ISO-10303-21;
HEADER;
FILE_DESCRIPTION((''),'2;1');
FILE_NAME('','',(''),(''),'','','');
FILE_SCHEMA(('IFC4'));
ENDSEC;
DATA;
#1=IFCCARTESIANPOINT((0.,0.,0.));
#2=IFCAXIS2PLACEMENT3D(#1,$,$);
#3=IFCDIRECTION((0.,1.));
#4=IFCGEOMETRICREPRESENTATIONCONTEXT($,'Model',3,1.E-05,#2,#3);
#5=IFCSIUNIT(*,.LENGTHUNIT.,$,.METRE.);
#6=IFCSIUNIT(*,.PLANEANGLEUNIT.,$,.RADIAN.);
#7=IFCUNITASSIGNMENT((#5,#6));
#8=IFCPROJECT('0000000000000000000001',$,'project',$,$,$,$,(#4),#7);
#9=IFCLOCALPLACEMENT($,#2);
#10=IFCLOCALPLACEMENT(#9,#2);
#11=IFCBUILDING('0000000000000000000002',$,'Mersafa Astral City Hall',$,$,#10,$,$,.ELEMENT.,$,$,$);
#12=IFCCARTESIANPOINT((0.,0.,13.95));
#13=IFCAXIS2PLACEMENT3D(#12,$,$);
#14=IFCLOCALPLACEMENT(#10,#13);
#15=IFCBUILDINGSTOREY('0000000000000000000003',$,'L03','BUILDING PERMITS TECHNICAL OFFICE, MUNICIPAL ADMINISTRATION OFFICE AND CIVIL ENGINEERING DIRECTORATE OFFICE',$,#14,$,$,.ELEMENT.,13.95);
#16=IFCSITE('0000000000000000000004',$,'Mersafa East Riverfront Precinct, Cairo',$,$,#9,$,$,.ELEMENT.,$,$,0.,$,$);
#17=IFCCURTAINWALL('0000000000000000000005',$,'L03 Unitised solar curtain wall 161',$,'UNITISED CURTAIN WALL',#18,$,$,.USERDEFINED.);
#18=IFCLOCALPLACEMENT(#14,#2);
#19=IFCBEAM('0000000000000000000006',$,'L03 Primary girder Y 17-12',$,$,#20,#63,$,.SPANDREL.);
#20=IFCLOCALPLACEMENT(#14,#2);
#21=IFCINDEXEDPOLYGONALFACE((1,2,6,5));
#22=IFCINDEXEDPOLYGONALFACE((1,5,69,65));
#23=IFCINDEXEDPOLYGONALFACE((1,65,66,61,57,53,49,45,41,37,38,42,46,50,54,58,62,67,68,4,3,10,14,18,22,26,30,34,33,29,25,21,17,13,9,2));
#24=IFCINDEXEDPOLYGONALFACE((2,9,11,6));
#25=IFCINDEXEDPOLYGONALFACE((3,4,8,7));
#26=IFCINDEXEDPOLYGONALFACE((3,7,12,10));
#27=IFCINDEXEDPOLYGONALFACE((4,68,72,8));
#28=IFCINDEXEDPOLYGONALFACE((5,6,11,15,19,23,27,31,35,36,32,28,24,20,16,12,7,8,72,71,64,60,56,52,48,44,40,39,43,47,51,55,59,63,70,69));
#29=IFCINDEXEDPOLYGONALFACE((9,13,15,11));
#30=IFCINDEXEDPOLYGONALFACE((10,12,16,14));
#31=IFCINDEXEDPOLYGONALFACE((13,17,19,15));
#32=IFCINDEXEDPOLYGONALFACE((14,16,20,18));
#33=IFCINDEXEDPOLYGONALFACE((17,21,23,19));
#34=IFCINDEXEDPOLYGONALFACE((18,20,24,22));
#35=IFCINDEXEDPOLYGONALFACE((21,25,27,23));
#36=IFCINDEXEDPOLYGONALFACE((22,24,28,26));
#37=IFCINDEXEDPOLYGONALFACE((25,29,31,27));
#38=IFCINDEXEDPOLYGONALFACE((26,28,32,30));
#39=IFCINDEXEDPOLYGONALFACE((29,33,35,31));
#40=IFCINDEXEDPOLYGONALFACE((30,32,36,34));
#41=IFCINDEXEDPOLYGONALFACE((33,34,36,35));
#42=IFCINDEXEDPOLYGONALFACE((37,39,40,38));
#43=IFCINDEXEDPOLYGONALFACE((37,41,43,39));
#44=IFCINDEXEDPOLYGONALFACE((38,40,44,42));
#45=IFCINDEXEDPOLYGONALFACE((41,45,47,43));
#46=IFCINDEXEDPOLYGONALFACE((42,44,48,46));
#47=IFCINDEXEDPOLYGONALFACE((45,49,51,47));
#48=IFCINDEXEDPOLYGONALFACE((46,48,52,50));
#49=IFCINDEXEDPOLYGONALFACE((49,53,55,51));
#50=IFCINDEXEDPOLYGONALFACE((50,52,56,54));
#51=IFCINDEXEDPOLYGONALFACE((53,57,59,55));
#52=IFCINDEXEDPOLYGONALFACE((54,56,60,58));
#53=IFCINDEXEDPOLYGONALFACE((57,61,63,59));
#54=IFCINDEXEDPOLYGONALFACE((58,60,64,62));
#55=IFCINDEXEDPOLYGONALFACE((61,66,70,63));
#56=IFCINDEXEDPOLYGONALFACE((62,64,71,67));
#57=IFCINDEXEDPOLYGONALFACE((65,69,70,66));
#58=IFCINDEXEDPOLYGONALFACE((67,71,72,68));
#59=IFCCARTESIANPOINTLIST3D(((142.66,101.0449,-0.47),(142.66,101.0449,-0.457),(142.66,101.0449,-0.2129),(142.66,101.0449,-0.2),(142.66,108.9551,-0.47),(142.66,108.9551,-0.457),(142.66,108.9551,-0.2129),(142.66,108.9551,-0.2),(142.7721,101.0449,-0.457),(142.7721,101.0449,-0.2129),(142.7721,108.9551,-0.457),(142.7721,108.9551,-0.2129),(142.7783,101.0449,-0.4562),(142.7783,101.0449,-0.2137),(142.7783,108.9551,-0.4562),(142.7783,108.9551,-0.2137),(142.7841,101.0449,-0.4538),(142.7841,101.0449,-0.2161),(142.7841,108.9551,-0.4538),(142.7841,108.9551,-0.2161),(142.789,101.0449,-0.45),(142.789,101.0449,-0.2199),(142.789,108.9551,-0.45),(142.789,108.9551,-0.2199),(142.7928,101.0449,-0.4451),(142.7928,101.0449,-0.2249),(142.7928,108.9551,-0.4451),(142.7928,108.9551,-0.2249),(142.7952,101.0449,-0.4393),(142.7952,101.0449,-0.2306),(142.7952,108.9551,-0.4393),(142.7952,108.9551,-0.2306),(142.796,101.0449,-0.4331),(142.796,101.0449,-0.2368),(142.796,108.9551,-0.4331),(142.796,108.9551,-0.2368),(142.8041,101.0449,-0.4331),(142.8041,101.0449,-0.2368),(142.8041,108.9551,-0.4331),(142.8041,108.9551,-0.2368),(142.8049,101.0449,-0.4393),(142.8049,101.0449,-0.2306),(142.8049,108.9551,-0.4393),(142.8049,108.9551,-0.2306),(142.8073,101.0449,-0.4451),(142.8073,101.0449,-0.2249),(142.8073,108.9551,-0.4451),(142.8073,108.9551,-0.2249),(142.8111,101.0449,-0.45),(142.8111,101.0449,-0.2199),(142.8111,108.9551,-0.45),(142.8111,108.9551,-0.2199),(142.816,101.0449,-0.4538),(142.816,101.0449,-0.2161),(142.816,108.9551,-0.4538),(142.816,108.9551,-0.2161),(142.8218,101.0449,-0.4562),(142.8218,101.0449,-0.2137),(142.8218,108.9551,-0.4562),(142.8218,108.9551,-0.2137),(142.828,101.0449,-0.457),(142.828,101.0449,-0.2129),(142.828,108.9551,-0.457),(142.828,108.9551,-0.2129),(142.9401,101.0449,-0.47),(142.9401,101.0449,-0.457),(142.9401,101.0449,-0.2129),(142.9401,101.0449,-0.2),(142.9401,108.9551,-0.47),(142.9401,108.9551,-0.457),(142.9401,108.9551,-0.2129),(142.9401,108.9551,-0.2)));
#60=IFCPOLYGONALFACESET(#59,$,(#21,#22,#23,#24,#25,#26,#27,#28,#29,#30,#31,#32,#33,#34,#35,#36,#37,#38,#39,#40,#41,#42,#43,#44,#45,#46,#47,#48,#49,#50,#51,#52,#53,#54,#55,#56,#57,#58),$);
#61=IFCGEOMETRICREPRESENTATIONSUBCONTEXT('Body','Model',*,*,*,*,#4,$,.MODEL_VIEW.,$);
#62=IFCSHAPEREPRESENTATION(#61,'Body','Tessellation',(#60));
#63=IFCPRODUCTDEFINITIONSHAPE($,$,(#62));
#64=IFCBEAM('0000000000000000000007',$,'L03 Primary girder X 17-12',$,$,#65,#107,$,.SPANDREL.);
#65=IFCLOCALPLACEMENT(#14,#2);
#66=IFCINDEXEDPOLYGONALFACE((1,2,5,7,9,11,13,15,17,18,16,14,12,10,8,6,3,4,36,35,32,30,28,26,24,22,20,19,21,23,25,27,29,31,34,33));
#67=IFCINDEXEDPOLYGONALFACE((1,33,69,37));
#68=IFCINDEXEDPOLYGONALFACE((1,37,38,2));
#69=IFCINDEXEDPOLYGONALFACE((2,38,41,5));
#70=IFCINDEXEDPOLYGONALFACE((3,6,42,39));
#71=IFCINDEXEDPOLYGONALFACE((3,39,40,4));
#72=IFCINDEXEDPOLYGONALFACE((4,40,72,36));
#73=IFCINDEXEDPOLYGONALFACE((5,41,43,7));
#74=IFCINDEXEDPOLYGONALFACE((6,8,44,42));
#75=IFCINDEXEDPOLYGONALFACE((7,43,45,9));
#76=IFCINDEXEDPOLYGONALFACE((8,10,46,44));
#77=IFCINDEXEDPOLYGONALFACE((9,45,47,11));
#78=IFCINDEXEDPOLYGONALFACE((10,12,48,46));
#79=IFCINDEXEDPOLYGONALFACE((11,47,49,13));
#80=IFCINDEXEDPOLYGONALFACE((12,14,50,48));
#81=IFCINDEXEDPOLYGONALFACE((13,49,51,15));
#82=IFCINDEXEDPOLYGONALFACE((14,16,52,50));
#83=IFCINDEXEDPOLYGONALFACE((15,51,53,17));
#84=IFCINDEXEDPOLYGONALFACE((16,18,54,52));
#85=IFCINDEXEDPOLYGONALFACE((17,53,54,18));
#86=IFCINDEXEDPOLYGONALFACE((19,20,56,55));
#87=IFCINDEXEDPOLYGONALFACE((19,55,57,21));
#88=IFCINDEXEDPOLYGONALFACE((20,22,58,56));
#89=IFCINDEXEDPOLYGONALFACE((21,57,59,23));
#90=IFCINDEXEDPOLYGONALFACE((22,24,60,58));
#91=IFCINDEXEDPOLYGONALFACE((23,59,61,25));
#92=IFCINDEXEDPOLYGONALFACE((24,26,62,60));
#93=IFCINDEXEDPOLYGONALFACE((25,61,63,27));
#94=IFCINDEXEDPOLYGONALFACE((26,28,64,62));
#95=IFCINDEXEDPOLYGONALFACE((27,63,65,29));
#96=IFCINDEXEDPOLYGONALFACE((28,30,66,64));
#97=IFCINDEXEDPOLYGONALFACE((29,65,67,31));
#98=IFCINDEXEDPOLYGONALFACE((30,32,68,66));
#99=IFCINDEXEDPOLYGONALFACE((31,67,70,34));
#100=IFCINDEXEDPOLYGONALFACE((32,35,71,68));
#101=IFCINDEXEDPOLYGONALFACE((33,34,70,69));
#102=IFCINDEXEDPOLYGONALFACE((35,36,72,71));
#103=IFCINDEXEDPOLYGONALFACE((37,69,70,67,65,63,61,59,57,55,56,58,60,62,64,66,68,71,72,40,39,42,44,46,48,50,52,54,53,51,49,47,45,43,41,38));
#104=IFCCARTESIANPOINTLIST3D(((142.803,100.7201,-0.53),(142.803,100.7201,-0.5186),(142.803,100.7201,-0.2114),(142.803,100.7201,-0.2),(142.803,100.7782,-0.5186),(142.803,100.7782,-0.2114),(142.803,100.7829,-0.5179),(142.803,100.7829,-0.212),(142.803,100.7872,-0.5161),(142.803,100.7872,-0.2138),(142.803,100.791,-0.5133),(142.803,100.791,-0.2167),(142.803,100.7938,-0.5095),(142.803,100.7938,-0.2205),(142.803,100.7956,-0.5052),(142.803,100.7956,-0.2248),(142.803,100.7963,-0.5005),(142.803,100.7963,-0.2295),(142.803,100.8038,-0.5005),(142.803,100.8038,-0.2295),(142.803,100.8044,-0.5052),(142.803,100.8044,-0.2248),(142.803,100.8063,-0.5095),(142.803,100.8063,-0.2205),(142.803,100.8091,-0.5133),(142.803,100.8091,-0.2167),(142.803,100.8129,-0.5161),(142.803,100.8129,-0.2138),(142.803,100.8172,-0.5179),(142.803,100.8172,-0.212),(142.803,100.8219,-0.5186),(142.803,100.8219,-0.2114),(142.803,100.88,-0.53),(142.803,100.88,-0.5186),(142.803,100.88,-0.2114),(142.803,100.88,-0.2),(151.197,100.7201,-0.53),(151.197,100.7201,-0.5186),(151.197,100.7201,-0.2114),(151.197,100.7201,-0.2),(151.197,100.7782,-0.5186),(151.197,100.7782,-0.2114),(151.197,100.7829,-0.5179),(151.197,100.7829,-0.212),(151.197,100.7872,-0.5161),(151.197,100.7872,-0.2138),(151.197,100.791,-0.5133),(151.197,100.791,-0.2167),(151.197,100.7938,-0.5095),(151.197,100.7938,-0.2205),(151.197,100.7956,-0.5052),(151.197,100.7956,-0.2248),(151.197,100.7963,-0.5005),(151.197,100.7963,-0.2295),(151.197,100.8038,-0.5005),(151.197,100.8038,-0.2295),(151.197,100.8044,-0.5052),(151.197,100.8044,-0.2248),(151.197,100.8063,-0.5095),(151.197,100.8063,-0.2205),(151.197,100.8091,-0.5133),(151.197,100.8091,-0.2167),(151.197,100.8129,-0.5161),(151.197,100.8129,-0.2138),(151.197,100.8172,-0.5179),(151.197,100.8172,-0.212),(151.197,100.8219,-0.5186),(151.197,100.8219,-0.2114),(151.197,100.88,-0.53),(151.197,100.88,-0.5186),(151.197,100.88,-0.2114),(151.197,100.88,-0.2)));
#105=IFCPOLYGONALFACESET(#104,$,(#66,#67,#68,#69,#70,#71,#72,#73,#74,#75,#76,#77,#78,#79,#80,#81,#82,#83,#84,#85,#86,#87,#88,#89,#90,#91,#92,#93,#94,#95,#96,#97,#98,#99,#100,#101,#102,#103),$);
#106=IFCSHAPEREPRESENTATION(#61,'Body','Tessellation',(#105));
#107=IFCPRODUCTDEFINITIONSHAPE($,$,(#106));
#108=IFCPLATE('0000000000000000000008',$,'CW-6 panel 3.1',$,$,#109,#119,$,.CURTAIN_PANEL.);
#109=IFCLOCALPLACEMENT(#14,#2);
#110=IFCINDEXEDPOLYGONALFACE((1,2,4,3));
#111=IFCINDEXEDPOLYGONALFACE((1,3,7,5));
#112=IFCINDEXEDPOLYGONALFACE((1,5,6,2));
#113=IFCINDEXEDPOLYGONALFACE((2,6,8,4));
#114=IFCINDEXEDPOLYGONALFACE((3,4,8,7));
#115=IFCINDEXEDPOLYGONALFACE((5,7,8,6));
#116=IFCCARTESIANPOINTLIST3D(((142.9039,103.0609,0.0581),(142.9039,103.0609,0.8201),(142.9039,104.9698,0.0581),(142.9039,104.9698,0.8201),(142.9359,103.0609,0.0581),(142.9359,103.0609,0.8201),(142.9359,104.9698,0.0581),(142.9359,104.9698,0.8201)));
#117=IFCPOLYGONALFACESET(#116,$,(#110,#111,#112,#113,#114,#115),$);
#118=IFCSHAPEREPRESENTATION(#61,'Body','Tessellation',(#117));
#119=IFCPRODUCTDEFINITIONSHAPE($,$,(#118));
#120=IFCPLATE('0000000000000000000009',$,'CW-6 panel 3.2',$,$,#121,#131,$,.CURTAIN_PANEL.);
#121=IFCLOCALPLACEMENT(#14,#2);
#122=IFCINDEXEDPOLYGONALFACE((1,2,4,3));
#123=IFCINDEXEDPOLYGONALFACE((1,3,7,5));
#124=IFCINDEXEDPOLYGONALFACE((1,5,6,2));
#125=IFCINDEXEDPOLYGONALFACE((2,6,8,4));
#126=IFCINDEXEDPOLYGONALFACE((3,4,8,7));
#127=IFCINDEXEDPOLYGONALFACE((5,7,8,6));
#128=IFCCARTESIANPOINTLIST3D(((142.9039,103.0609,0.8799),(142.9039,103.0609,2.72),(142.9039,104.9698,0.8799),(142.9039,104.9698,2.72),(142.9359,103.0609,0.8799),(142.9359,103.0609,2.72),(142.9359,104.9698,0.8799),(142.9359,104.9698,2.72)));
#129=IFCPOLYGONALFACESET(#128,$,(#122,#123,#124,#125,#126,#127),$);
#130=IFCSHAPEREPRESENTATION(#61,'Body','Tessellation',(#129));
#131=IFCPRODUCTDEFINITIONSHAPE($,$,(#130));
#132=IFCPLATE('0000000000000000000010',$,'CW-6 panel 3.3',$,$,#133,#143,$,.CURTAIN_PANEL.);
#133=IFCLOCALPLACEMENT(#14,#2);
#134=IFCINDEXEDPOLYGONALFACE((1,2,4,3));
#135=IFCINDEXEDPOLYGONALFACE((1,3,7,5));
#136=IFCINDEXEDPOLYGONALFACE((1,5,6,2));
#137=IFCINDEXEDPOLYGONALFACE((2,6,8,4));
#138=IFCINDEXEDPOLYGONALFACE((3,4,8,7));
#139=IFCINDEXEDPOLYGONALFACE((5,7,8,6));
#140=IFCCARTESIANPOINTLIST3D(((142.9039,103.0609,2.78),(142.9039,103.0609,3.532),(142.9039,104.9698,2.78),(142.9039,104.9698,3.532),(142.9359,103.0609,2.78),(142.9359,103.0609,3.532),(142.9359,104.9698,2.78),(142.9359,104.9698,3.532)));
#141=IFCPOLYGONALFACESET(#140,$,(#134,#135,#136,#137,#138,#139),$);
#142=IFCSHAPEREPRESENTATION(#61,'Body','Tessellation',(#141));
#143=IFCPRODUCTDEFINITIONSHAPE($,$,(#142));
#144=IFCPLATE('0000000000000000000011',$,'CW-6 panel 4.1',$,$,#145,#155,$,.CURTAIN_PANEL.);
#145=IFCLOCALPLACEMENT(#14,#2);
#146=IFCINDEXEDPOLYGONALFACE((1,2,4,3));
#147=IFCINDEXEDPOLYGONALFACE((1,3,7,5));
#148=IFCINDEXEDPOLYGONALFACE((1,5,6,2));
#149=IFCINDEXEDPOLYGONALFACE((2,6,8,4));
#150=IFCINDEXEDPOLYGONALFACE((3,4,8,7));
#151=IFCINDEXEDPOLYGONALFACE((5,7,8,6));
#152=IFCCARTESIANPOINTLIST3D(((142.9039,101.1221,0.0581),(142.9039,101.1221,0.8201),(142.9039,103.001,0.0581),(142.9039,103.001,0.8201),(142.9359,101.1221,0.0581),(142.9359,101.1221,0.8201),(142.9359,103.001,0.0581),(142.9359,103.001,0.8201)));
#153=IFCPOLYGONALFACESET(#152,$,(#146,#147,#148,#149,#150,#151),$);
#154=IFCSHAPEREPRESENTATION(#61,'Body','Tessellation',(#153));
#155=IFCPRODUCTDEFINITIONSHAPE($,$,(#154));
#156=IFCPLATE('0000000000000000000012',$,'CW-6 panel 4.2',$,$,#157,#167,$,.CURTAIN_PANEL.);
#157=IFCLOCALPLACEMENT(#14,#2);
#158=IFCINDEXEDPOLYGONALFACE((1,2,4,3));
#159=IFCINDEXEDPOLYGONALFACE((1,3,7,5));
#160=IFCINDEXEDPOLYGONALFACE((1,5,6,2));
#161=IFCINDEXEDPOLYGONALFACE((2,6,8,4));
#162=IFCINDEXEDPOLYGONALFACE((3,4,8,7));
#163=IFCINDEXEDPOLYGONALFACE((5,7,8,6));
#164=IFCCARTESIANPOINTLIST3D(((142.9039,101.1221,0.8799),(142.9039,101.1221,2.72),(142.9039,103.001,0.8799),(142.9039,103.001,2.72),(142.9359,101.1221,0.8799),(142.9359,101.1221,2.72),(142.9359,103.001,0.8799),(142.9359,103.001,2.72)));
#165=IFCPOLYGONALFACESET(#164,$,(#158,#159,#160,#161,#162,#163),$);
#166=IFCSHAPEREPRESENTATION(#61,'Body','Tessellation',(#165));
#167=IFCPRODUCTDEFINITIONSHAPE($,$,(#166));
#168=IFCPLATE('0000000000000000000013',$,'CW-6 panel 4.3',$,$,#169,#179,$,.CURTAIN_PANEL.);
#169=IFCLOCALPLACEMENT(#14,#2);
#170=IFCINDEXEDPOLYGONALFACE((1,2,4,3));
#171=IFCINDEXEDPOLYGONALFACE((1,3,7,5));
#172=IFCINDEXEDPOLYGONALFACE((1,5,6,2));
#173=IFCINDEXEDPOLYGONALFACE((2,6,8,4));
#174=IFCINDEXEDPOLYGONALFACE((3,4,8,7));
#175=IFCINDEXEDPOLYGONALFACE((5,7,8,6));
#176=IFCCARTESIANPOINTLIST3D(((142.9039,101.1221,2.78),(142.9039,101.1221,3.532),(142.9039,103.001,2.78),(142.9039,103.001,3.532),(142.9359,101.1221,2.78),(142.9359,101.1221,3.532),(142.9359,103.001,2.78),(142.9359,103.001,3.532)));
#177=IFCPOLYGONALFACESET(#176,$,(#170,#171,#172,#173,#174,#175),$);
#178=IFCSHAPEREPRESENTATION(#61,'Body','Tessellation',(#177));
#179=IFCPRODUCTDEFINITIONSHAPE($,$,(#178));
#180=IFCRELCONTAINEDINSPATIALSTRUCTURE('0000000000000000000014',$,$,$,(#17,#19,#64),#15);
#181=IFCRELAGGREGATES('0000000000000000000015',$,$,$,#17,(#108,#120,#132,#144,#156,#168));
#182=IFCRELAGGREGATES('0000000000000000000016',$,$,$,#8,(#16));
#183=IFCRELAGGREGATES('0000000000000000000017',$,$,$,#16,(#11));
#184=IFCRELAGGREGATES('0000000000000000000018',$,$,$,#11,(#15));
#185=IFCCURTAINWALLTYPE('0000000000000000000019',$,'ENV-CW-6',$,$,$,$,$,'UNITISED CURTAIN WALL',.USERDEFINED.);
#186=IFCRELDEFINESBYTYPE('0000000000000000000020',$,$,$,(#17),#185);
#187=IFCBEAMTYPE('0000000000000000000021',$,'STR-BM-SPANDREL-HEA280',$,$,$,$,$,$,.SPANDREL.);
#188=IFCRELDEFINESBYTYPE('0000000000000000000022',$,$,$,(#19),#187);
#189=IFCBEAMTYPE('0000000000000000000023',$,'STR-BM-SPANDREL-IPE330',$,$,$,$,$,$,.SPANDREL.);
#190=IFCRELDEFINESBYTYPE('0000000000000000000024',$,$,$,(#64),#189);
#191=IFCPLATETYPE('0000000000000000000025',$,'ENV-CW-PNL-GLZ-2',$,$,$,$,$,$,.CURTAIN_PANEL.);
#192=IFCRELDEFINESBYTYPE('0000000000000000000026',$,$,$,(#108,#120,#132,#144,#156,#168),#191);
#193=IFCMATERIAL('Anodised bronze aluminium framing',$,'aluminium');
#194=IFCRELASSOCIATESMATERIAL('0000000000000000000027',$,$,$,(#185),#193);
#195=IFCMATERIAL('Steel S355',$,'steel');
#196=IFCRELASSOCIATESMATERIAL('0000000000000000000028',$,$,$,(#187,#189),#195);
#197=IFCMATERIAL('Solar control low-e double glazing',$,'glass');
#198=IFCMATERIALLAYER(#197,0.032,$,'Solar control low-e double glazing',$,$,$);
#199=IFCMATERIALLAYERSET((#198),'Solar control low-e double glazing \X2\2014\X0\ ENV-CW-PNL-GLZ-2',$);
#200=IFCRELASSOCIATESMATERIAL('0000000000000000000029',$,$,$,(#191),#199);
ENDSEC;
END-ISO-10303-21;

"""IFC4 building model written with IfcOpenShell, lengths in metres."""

from ifc_helpers import new_model, si_unit, direction, frame, origin, origin_2d, place, context, subcontext, project, spatial, rectangle, i_section, extrude, material, layer, layer_set, material_profile, profile_set, type_object, element, aggregate, save


model = new_model("IFC4")

# Units and contexts
model_context = context("Model", 3, precision=1e-05, world=origin(), true_north=direction((0.0, 1.0)))
body_context = subcontext(model_context, "Body", "Model", "MODEL_VIEW")
ifc_project = project(units=[si_unit("LENGTHUNIT", "METRE"), si_unit("PLANEANGLEUNIT", "RADIAN")], contexts=[model_context])

# Site, building, storey
site_placement = place(None, origin())
site = spatial("IfcSite", under=ifc_project, at=site_placement, Name="Mersafa East Riverfront Precinct, Cairo", CompositionType="ELEMENT", RefElevation=0.0)
building_placement = place(site_placement, origin())
building = spatial("IfcBuilding", under=site, at=building_placement, Name="Mersafa Astral City Hall", CompositionType="ELEMENT")
storey_placement = place(building_placement, frame((0.0, 0.0, 13.95)))
storey = spatial("IfcBuildingStorey", under=building, at=storey_placement, Name="L03", Description="BUILDING PERMITS TECHNICAL OFFICE, MUNICIPAL ADMINISTRATION OFFICE AND CIVIL ENGINEERING DIRECTORATE OFFICE", CompositionType="ELEMENT", Elevation=13.95)

# Shared definitions
ifc_material_1 = material(Name="Steel S355", Category="steel")

# Curtain wall
ifc_material_2 = material(Name="Anodised bronze aluminium framing", Category="aluminium")
curtain_wall_type = type_object("IfcCurtainWallType", Name="ENV-CW-6", ElementType="UNITISED CURTAIN WALL", PredefinedType="USERDEFINED", material=ifc_material_2)
curtain_wall_placement = place(storey_placement, origin())
curtain_wall = element("IfcCurtainWall", 1, at=curtain_wall_placement, inside=storey, type_object=curtain_wall_type, Name="L03 Unitised solar curtain wall 161", ObjectType="UNITISED CURTAIN WALL", PredefinedType="USERDEFINED")

# Beams
ifc_material_profile_1 = material_profile(ifc_material_1, i_section(OverallWidth=0.28, OverallDepth=0.27, WebThickness=0.0081, FlangeThickness=0.0129, FilletRadius=0.0239, at=origin_2d()), Name="HEA 280")
ifc_profile_set_1 = profile_set([ifc_material_profile_1], Name="Steel S355")
beam_type_1 = type_object("IfcBeamType", Name="STR-BM-SPANDREL-HEA280", PredefinedType="SPANDREL", material=ifc_profile_set_1)
beam_1_placement = place(storey_placement, frame((142.8, 101.0449, -0.335), z_axis=(0.0, 1.0, 0.0), x_axis=(-1.0, 0.0, 0.0)))
element("IfcBeam", 2, at=beam_1_placement, inside=storey, type_object=beam_type_1, Name="L03 Primary girder Y 17-12", PredefinedType="SPANDREL", context=body_context, shape_type="SweptSolid", body=[
    extrude(i_section(OverallWidth=0.28, OverallDepth=0.27, WebThickness=0.0081, FlangeThickness=0.0129, FilletRadius=0.0239, at=origin_2d()), origin(), (0.0, 0.0, 1.0), 7.9102),
])
ifc_material_profile_2 = material_profile(ifc_material_1, i_section(OverallWidth=0.1599, OverallDepth=0.3301, WebThickness=0.0076, FlangeThickness=0.0115, FilletRadius=0.0181, at=origin_2d()), Name="IPE 330")
ifc_profile_set_2 = profile_set([ifc_material_profile_2], Name="Steel S355")
beam_type_2 = type_object("IfcBeamType", Name="STR-BM-SPANDREL-IPE330", PredefinedType="SPANDREL", material=ifc_profile_set_2)
beam_2_placement = place(storey_placement, frame((142.803, 100.8, -0.365), z_axis=(1.0, 0.0, 0.0), x_axis=(0.0, 1.0, 0.0)))
element("IfcBeam", 3, at=beam_2_placement, inside=storey, type_object=beam_type_2, Name="L03 Primary girder X 17-12", PredefinedType="SPANDREL", context=body_context, shape_type="SweptSolid", body=[
    extrude(i_section(OverallWidth=0.1599, OverallDepth=0.3301, WebThickness=0.0076, FlangeThickness=0.0115, FilletRadius=0.0181, at=origin_2d()), origin(), (0.0, 0.0, 1.0), 8.394),
])

# Plates
ifc_material_3 = material(Name="Solar control low-e double glazing", Category="glass")
ifc_layer_1 = layer(ifc_material_3, 0.032, Name="Solar control low-e double glazing")
ifc_layer_set_1 = layer_set([ifc_layer_1], Name="Solar control low-e double glazing — ENV-CW-PNL-GLZ-2")
plate_type = type_object("IfcPlateType", Name="ENV-CW-PNL-GLZ-2", PredefinedType="CURTAIN_PANEL", material=ifc_layer_set_1)
plate_1_placement = place(storey_placement, frame((142.9199, 104.0154, 0.0581), z_axis=(0.0, 0.0, 1.0), x_axis=(0.0, -1.0, 0.0)))
plate_1 = element("IfcPlate", 4, at=plate_1_placement, type_object=plate_type, Name="CW-6 panel 3.1", PredefinedType="CURTAIN_PANEL", context=body_context, shape_type="SweptSolid", body=[
    extrude(rectangle(XDim=1.9089, YDim=0.032, at=origin_2d()), origin(), (0.0, 0.0, 1.0), 0.762),
])
plate_2_placement = place(storey_placement, frame((142.9199, 104.0154, 0.8799), z_axis=(0.0, 0.0, 1.0), x_axis=(0.0, -1.0, 0.0)))
plate_2 = element("IfcPlate", 5, at=plate_2_placement, type_object=plate_type, Name="CW-6 panel 3.2", PredefinedType="CURTAIN_PANEL", context=body_context, shape_type="SweptSolid", body=[
    extrude(rectangle(XDim=1.9089, YDim=0.032, at=origin_2d()), origin(), (0.0, 0.0, 1.0), 1.8401),
])
plate_3_placement = place(storey_placement, frame((142.9199, 104.0154, 2.78), z_axis=(0.0, 0.0, 1.0), x_axis=(0.0, -1.0, 0.0)))
plate_3 = element("IfcPlate", 6, at=plate_3_placement, type_object=plate_type, Name="CW-6 panel 3.3", PredefinedType="CURTAIN_PANEL", context=body_context, shape_type="SweptSolid", body=[
    extrude(rectangle(XDim=1.9089, YDim=0.032, at=origin_2d()), origin(), (0.0, 0.0, 1.0), 0.752),
])
plate_4_placement = place(storey_placement, frame((142.9199, 102.0615, 0.0581), z_axis=(0.0, 0.0, 1.0), x_axis=(0.0, -1.0, 0.0)))
plate_4 = element("IfcPlate", 7, at=plate_4_placement, type_object=plate_type, Name="CW-6 panel 4.1", PredefinedType="CURTAIN_PANEL", context=body_context, shape_type="SweptSolid", body=[
    extrude(rectangle(XDim=1.8789, YDim=0.032, at=origin_2d()), origin(), (0.0, 0.0, 1.0), 0.762),
])
plate_5_placement = place(storey_placement, frame((142.9199, 102.0615, 0.8799), z_axis=(0.0, 0.0, 1.0), x_axis=(0.0, -1.0, 0.0)))
plate_5 = element("IfcPlate", 8, at=plate_5_placement, type_object=plate_type, Name="CW-6 panel 4.2", PredefinedType="CURTAIN_PANEL", context=body_context, shape_type="SweptSolid", body=[
    extrude(rectangle(XDim=1.8789, YDim=0.032, at=origin_2d()), origin(), (0.0, 0.0, 1.0), 1.8401),
])
plate_6_placement = place(storey_placement, frame((142.9199, 102.0615, 2.78), z_axis=(0.0, 0.0, 1.0), x_axis=(0.0, -1.0, 0.0)))
plate_6 = element("IfcPlate", 9, at=plate_6_placement, type_object=plate_type, Name="CW-6 panel 4.3", PredefinedType="CURTAIN_PANEL", context=body_context, shape_type="SweptSolid", body=[
    extrude(rectangle(XDim=1.8789, YDim=0.032, at=origin_2d()), origin(), (0.0, 0.0, 1.0), 0.752),
])
aggregate(curtain_wall, [plate_1, plate_2, plate_3, plate_4, plate_5, plate_6])

save(model, "model.ifc")
